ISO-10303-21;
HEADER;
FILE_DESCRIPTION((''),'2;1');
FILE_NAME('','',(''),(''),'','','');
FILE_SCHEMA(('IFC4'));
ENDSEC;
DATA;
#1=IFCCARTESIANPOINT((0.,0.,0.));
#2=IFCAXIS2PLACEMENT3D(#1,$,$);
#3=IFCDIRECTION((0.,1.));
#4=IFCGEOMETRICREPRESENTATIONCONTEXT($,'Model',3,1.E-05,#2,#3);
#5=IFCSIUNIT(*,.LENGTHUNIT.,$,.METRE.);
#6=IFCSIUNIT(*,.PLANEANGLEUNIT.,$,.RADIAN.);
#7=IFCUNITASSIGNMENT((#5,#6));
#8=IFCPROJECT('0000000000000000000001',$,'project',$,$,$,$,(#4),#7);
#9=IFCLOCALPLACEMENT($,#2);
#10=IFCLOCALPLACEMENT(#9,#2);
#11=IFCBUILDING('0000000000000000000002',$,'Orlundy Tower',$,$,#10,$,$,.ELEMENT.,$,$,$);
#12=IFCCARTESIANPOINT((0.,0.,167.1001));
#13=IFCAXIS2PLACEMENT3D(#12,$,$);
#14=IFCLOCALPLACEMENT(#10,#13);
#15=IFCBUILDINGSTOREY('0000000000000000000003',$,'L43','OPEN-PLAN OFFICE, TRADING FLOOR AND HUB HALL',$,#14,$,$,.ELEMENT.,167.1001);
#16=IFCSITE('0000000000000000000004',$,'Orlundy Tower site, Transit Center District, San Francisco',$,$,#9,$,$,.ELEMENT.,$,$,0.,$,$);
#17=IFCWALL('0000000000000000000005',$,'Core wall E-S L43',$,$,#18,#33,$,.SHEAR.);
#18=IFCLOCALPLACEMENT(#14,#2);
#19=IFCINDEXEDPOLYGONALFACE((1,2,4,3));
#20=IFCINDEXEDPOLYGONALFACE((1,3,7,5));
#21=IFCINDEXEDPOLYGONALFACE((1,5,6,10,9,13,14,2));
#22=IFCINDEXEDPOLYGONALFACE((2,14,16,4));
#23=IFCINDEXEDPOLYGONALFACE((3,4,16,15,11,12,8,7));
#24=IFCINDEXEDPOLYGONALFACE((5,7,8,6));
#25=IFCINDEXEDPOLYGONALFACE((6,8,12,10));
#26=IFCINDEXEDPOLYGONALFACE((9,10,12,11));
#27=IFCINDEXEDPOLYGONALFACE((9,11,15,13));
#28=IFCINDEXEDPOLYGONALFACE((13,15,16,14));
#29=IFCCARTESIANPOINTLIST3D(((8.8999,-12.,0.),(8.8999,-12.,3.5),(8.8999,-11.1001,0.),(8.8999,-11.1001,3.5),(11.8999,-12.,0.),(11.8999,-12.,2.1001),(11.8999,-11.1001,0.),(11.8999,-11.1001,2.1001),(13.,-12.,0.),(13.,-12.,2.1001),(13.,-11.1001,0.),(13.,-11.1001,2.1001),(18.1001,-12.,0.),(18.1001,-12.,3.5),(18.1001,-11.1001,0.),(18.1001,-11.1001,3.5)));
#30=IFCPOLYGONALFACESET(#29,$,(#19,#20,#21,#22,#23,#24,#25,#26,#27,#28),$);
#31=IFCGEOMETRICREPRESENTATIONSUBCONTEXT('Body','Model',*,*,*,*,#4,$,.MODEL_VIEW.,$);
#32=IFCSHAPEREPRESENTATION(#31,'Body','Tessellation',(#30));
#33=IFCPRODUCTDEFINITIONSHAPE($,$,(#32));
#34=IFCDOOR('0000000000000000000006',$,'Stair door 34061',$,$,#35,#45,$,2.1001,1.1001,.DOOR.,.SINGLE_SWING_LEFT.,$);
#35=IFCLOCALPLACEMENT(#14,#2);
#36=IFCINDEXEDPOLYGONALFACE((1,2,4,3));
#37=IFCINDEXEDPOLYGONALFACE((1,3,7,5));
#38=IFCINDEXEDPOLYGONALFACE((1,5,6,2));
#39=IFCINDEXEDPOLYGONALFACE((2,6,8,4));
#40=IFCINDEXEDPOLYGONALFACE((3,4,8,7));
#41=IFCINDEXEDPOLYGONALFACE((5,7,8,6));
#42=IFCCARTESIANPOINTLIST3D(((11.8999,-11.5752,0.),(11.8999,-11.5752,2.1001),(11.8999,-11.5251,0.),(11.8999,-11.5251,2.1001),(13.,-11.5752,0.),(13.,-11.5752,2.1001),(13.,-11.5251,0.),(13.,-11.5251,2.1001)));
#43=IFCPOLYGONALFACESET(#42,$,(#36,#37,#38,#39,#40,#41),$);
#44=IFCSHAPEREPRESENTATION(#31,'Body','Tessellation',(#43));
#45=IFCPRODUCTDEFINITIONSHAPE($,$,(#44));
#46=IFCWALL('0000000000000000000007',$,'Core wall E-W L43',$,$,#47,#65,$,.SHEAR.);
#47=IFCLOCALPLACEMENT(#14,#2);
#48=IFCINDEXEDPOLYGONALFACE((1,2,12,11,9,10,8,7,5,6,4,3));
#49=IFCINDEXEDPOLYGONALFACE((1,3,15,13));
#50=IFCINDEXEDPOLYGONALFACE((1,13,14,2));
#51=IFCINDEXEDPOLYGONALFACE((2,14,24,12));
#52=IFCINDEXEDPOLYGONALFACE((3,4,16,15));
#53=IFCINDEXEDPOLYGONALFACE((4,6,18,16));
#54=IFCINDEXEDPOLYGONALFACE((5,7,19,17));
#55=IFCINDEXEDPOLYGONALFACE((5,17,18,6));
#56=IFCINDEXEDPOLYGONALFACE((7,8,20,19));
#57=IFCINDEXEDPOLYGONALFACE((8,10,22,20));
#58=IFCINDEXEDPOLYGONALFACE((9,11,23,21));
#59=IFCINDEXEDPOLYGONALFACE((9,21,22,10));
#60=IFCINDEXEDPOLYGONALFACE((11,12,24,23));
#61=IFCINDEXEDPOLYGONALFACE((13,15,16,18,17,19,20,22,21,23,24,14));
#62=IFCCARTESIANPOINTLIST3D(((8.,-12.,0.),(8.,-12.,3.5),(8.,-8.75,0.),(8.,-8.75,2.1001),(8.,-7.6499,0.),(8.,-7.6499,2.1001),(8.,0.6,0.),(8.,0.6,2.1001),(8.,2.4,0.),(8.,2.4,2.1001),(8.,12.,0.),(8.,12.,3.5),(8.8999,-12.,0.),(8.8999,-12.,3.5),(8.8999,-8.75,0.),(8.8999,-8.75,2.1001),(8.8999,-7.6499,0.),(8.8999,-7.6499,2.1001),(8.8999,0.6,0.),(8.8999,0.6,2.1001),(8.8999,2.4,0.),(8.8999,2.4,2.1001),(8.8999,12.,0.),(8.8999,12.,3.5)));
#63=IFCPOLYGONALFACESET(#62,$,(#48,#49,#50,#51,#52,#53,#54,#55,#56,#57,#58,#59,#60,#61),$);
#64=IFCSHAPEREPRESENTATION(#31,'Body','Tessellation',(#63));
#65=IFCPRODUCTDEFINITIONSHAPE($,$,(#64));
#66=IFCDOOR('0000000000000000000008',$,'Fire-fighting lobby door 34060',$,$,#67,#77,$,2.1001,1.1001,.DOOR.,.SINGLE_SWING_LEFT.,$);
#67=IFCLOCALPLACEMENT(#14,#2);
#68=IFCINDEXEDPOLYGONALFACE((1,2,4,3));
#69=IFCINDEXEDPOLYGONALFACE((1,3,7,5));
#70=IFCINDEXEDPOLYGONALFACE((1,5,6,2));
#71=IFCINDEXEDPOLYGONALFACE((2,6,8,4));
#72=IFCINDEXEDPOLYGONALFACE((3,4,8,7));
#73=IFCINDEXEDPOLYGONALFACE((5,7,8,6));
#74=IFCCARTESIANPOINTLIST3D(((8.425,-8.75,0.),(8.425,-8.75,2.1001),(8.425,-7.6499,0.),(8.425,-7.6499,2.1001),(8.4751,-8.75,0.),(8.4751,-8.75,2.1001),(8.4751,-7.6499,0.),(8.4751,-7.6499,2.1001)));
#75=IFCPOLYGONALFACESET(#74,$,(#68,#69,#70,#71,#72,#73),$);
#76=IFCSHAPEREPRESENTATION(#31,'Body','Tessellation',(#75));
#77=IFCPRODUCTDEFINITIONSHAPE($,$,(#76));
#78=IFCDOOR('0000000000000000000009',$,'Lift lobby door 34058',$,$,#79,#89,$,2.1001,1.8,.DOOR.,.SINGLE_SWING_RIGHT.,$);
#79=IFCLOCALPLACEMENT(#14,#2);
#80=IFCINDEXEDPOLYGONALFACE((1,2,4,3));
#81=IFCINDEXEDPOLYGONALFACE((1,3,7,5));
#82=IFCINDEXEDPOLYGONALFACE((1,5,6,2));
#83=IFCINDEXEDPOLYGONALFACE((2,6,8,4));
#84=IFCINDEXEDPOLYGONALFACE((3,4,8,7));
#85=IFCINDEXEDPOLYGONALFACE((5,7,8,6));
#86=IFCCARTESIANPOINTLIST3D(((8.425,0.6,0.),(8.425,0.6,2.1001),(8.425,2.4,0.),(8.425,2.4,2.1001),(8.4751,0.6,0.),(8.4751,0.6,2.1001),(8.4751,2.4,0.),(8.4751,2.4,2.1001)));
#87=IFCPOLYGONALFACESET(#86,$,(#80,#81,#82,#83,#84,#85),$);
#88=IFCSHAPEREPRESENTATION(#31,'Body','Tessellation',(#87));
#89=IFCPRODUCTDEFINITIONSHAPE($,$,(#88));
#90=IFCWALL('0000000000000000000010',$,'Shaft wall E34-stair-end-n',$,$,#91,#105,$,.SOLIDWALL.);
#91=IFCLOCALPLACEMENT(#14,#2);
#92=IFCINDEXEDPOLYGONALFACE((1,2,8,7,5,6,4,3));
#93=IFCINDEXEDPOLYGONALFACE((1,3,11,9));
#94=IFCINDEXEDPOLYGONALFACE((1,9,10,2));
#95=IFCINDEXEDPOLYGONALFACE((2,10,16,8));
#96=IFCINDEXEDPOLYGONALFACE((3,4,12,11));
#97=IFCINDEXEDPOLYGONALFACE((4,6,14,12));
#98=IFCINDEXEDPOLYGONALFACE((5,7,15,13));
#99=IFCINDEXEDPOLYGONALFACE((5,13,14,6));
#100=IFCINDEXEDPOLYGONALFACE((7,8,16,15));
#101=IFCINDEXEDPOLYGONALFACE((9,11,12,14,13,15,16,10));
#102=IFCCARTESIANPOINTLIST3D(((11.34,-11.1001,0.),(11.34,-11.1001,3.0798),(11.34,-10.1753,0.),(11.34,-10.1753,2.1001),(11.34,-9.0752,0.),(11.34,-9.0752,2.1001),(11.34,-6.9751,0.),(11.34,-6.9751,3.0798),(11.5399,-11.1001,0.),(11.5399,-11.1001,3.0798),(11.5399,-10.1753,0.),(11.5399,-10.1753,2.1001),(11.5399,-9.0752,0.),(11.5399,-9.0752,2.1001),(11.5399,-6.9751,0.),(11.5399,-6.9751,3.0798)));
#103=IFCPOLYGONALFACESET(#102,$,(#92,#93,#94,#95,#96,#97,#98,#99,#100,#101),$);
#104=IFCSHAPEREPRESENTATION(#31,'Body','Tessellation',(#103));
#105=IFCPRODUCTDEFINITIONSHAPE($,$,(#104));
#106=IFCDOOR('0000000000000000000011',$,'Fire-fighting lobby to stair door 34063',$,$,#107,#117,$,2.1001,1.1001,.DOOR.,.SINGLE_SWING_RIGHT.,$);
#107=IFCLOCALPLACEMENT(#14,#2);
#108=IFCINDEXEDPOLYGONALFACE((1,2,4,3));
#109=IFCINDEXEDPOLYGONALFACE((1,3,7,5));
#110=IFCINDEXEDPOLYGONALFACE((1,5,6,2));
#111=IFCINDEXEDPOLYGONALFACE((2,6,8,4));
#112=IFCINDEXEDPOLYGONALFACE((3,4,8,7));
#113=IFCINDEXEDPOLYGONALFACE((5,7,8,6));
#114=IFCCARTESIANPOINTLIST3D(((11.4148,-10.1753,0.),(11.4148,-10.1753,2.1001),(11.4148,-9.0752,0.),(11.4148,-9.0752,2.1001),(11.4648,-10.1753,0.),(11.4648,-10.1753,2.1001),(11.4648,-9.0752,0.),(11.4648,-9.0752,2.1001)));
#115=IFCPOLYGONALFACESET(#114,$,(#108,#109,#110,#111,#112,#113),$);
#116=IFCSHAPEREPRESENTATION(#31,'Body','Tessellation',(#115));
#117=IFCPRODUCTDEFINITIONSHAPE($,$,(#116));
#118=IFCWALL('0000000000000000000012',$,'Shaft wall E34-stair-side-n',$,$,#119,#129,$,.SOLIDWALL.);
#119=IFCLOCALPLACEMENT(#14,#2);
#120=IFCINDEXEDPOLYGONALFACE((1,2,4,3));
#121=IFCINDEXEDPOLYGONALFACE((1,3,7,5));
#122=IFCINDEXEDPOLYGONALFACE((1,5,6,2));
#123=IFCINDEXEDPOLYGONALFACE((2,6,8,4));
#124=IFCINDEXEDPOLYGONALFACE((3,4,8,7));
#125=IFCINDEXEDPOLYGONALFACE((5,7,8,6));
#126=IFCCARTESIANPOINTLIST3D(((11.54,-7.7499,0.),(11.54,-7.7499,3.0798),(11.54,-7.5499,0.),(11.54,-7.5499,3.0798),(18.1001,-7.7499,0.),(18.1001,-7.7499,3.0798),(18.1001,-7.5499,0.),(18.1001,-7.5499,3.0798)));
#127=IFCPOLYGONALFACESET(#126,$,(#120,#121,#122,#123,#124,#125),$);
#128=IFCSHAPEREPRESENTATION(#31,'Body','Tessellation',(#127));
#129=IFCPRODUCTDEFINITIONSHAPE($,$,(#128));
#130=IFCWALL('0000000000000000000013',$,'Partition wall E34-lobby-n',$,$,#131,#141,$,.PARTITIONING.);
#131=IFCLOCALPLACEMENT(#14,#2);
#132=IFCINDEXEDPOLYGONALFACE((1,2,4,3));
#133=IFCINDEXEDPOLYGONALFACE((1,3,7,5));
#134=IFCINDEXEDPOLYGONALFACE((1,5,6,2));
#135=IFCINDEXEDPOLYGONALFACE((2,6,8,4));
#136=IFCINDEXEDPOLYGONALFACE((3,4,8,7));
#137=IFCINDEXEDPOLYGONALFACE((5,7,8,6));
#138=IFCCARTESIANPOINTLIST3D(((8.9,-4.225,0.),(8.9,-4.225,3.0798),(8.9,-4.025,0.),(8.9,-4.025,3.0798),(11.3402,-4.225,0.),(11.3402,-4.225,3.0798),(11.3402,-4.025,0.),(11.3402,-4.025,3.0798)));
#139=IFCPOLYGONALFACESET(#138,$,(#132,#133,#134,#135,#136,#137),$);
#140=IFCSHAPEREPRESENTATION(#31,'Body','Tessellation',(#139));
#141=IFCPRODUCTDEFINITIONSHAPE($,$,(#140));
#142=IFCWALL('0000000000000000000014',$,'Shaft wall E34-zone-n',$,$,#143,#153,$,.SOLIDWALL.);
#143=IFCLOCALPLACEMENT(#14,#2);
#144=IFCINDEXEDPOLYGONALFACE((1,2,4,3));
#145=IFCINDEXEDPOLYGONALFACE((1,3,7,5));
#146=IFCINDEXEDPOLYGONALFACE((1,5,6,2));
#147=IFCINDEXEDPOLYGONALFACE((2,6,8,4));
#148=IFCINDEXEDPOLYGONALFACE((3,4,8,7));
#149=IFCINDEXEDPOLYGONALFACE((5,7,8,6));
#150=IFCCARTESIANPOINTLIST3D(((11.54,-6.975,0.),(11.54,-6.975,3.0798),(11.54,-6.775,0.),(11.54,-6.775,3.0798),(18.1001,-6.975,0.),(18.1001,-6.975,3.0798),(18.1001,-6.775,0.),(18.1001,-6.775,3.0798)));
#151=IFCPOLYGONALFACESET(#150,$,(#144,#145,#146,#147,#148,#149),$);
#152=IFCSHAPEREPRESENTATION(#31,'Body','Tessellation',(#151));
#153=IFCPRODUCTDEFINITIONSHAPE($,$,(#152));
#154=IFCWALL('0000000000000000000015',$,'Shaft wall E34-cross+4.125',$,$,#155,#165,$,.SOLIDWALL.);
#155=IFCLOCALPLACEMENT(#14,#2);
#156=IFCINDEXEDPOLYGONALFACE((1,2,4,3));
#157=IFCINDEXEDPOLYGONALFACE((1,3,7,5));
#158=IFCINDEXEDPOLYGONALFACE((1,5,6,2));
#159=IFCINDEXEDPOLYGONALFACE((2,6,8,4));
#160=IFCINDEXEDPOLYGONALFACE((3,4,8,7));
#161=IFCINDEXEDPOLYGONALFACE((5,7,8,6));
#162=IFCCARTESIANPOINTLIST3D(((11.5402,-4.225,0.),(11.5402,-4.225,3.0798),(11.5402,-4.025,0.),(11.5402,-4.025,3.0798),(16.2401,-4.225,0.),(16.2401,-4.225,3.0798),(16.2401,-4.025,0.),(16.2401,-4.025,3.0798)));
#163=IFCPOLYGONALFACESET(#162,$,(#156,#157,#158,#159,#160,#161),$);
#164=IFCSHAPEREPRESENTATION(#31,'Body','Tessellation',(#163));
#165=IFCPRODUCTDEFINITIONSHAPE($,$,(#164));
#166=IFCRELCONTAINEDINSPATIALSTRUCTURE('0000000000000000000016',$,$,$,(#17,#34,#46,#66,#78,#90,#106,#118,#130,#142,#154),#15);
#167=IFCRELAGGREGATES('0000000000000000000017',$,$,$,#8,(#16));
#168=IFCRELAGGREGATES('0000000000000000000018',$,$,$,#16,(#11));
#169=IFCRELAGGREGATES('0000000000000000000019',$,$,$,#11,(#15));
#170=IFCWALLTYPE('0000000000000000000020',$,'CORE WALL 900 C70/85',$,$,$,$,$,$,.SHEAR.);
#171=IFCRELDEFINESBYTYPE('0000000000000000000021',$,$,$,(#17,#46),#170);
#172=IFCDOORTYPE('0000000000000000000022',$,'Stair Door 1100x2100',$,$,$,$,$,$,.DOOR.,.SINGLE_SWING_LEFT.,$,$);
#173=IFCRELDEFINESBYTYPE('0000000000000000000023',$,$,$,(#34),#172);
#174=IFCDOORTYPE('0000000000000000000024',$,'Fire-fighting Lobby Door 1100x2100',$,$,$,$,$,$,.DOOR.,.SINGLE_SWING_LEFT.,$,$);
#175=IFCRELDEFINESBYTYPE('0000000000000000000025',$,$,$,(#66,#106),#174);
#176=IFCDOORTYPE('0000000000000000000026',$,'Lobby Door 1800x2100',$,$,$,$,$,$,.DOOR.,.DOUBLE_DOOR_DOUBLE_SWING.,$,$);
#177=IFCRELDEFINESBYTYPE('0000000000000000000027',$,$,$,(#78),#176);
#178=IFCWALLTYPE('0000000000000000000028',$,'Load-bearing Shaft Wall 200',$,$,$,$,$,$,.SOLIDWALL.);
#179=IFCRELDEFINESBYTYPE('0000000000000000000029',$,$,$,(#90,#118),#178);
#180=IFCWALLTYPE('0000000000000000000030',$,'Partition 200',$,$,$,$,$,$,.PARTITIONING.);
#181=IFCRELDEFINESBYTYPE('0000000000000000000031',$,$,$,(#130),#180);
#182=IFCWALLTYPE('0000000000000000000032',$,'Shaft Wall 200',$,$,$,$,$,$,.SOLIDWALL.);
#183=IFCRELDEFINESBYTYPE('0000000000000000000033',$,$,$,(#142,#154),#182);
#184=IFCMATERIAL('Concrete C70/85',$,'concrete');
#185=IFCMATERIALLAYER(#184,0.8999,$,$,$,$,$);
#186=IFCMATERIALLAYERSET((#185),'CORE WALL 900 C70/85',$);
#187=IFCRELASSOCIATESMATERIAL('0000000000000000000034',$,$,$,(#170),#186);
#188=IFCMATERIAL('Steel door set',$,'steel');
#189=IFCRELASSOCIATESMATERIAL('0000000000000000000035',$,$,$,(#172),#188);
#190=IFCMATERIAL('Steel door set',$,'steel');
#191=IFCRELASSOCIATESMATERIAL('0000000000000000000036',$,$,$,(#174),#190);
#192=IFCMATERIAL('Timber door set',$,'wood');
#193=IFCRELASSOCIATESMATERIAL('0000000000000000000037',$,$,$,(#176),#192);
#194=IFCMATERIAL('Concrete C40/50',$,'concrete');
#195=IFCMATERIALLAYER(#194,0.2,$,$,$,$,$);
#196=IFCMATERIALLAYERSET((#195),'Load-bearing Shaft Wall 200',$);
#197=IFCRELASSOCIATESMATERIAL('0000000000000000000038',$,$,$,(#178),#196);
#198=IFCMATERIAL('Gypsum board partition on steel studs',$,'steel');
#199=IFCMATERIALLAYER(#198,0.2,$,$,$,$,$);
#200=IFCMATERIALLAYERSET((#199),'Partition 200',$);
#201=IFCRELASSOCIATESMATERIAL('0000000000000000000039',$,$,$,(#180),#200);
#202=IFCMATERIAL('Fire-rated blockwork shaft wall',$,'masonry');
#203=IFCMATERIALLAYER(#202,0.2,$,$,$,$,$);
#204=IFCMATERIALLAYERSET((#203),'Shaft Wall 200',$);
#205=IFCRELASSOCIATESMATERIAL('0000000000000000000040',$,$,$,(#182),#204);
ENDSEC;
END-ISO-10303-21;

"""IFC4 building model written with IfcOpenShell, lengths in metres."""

from ifc_helpers import new_model, si_unit, direction, frame, frame_2d, origin, place, context, subcontext, project, spatial, rectangle, extrude, material, layer, layer_set, type_object, element, fill, save


model = new_model("IFC4")

# Units and contexts
model_context = context("Model", 3, precision=1e-05, world=origin(), true_north=direction((0.0, 1.0)))
body_context = subcontext(model_context, "Body", "Model", "MODEL_VIEW")
ifc_project = project(units=[si_unit("LENGTHUNIT", "METRE"), si_unit("PLANEANGLEUNIT", "RADIAN")], contexts=[model_context])

# Site, building, storey
site_placement = place(None, origin())
site = spatial("IfcSite", under=ifc_project, at=site_placement, Name="Orlundy Tower site, Transit Center District, San Francisco", CompositionType="ELEMENT", RefElevation=0.0)
building_placement = place(site_placement, origin())
building = spatial("IfcBuilding", under=site, at=building_placement, Name="Orlundy Tower", CompositionType="ELEMENT")
storey_placement = place(building_placement, frame((0.0, 0.0, 167.1001)))
storey = spatial("IfcBuildingStorey", under=building, at=storey_placement, Name="L43", Description="OPEN-PLAN OFFICE, TRADING FLOOR AND HUB HALL", CompositionType="ELEMENT", Elevation=167.1001)

# Wall, opening, door
ifc_material_1 = material(Name="Concrete C70/85", Category="concrete")
ifc_layer_1 = layer(ifc_material_1, 0.8999)
ifc_layer_set_1 = layer_set([ifc_layer_1], Name="CORE WALL 900 C70/85")
wall_type_1 = type_object("IfcWallType", Name="CORE WALL 900 C70/85", PredefinedType="SHEAR", material=ifc_layer_set_1)
wall_1_placement = place(storey_placement, frame((8.8999, -11.55, 0.0), z_axis=(0.0, 0.0, 1.0), x_axis=(1.0, 0.0, 0.0)))
wall_1 = element("IfcWall", 1, at=wall_1_placement, inside=storey, type_object=wall_type_1, Name="Core wall E-S L43", PredefinedType="SHEAR", context=body_context, shape_type="SweptSolid", body=[
    extrude(rectangle(XDim=9.2002, YDim=0.8999, at=frame_2d((4.6001, 0.0))), origin(), (0.0, 0.0, 1.0), 3.5),
])
opening_1_placement = place(wall_1_placement, frame((3.0, 0.0, 0.0)))
opening_1 = element("IfcOpeningElement", 2, at=opening_1_placement, cuts=wall_1, PredefinedType="OPENING", context=body_context, shape_type="SweptSolid", body=[
    extrude(rectangle(XDim=1.1001, YDim=2.1001, at=frame_2d((0.55, 1.05))), frame((0.0, 0.46, 0.0), z_axis=(0.0, -1.0, 0.0), x_axis=(1.0, 0.0, 0.0)), (0.0, 0.0, 1.0), 0.9199),
])
ifc_material_2 = material(Name="Steel door set", Category="steel")
door_type_1 = type_object("IfcDoorType", Name="Stair Door 1100x2100", OperationType="SINGLE_SWING_LEFT", PredefinedType="DOOR", material=ifc_material_2)
door_1_placement = place(opening_1_placement, origin())
door_1 = element("IfcDoor", 3, at=door_1_placement, inside=storey, type_object=door_type_1, Name="Stair door 34061", OperationType="SINGLE_SWING_LEFT", OverallHeight=2.1001, OverallWidth=1.1001, PredefinedType="DOOR", context=body_context, shape_type="SweptSolid", body=[
    extrude(rectangle(XDim=1.1001, YDim=2.1001, at=frame_2d((0.55, 1.05))), frame((0.0, 0.0249, 0.0), z_axis=(0.0, -1.0, 0.0), x_axis=(1.0, 0.0, 0.0)), (0.0, 0.0, 1.0), 0.05),
])
fill(opening_1, door_1)

# Wall, openings, doors
wall_2_placement = place(storey_placement, frame((8.45, -12.0, 0.0), z_axis=(0.0, 0.0, 1.0), x_axis=(0.0, 1.0, 0.0)))
wall_2 = element("IfcWall", 4, at=wall_2_placement, inside=storey, type_object=wall_type_1, Name="Core wall E-W L43", PredefinedType="SHEAR", context=body_context, shape_type="SweptSolid", body=[
    extrude(rectangle(XDim=24.0, YDim=0.8999, at=frame_2d((12.0, 0.0))), origin(), (0.0, 0.0, 1.0), 3.5),
])
opening_2_placement = place(wall_2_placement, frame((12.6001, 0.0, 0.0)))
opening_2 = element("IfcOpeningElement", 5, at=opening_2_placement, cuts=wall_2, PredefinedType="OPENING", context=body_context, shape_type="SweptSolid", body=[
    extrude(rectangle(XDim=1.8, YDim=2.1001, at=frame_2d((0.8999, 1.05))), frame((0.0, 0.46, 0.0), z_axis=(0.0, -1.0, 0.0), x_axis=(1.0, 0.0, 0.0)), (0.0, 0.0, 1.0), 0.9199),
])
opening_3_placement = place(wall_2_placement, frame((3.25, 0.0, 0.0)))
opening_3 = element("IfcOpeningElement", 6, at=opening_3_placement, cuts=wall_2, PredefinedType="OPENING", context=body_context, shape_type="SweptSolid", body=[
    extrude(rectangle(XDim=1.1001, YDim=2.1001, at=frame_2d((0.55, 1.05))), frame((0.0, 0.46, 0.0), z_axis=(0.0, -1.0, 0.0), x_axis=(1.0, 0.0, 0.0)), (0.0, 0.0, 1.0), 0.9199),
])
ifc_material_3 = material(Name="Steel door set", Category="steel")
door_type_2 = type_object("IfcDoorType", Name="Fire-fighting Lobby Door 1100x2100", OperationType="SINGLE_SWING_LEFT", PredefinedType="DOOR", material=ifc_material_3)
door_2_placement = place(opening_3_placement, origin())
door_2 = element("IfcDoor", 7, at=door_2_placement, inside=storey, type_object=door_type_2, Name="Fire-fighting lobby door 34060", OperationType="SINGLE_SWING_LEFT", OverallHeight=2.1001, OverallWidth=1.1001, PredefinedType="DOOR", context=body_context, shape_type="SweptSolid", body=[
    extrude(rectangle(XDim=1.1001, YDim=2.1001, at=frame_2d((0.55, 1.05))), frame((0.0, 0.0249, 0.0), z_axis=(0.0, -1.0, 0.0), x_axis=(1.0, 0.0, 0.0)), (0.0, 0.0, 1.0), 0.05),
])
fill(opening_3, door_2)
ifc_material_4 = material(Name="Timber door set", Category="wood")
door_type_3 = type_object("IfcDoorType", Name="Lobby Door 1800x2100", OperationType="DOUBLE_DOOR_DOUBLE_SWING", PredefinedType="DOOR", material=ifc_material_4)
door_3_placement = place(opening_2_placement, origin())
door_3 = element("IfcDoor", 8, at=door_3_placement, inside=storey, type_object=door_type_3, Name="Lift lobby door 34058", OperationType="SINGLE_SWING_RIGHT", OverallHeight=2.1001, OverallWidth=1.8, PredefinedType="DOOR", context=body_context, shape_type="SweptSolid", body=[
    extrude(rectangle(XDim=1.8, YDim=2.1001, at=frame_2d((0.8999, 1.05))), frame((0.0, 0.0249, 0.0), z_axis=(0.0, -1.0, 0.0), x_axis=(1.0, 0.0, 0.0)), (0.0, 0.0, 1.0), 0.05),
])
fill(opening_2, door_3)

# Wall, opening, door
ifc_material_5 = material(Name="Concrete C40/50", Category="concrete")
ifc_layer_2 = layer(ifc_material_5, 0.2)
ifc_layer_set_2 = layer_set([ifc_layer_2], Name="Load-bearing Shaft Wall 200")
wall_type_2 = type_object("IfcWallType", Name="Load-bearing Shaft Wall 200", PredefinedType="SOLIDWALL", material=ifc_layer_set_2)
wall_3_placement = place(storey_placement, frame((11.4399, -6.9751, 0.0), z_axis=(0.0, 0.0, 1.0), x_axis=(0.0, -1.0, 0.0)))
wall_3 = element("IfcWall", 9, at=wall_3_placement, inside=storey, type_object=wall_type_2, Name="Shaft wall E34-stair-end-n", PredefinedType="SOLIDWALL", context=body_context, shape_type="SweptSolid", body=[
    extrude(rectangle(XDim=4.125, YDim=0.2, at=frame_2d((2.0625, 0.0))), origin(), (0.0, 0.0, 1.0), 3.0798),
])
opening_4_placement = place(wall_3_placement, frame((2.1001, 0.0, 0.0)))
opening_4 = element("IfcOpeningElement", 10, at=opening_4_placement, cuts=wall_3, PredefinedType="OPENING", context=body_context, shape_type="SweptSolid", body=[
    extrude(rectangle(XDim=1.1001, YDim=2.1001, at=frame_2d((0.55, 1.05))), frame((0.0, 0.1101, 0.0), z_axis=(0.0, -1.0, 0.0), x_axis=(1.0, 0.0, 0.0)), (0.0, 0.0, 1.0), 0.2202),
])
door_4_placement = place(opening_4_placement, origin())
door_4 = element("IfcDoor", 11, at=door_4_placement, inside=storey, type_object=door_type_2, Name="Fire-fighting lobby to stair door 34063", OperationType="SINGLE_SWING_RIGHT", OverallHeight=2.1001, OverallWidth=1.1001, PredefinedType="DOOR", context=body_context, shape_type="SweptSolid", body=[
    extrude(rectangle(XDim=1.1001, YDim=2.1001, at=frame_2d((0.55, 1.05))), frame((0.0, 0.0249, 0.0), z_axis=(0.0, -1.0, 0.0), x_axis=(1.0, 0.0, 0.0)), (0.0, 0.0, 1.0), 0.05),
])
fill(opening_4, door_4)

# Walls
wall_4_placement = place(storey_placement, frame((11.54, -7.6499, 0.0), z_axis=(0.0, 0.0, 1.0), x_axis=(1.0, 0.0, 0.0)))
element("IfcWall", 12, at=wall_4_placement, inside=storey, type_object=wall_type_2, Name="Shaft wall E34-stair-side-n", PredefinedType="SOLIDWALL", context=body_context, shape_type="SweptSolid", body=[
    extrude(rectangle(XDim=6.5601, YDim=0.2, at=frame_2d((3.28, 0.0))), origin(), (0.0, 0.0, 1.0), 3.0798),
])
ifc_material_6 = material(Name="Gypsum board partition on steel studs", Category="steel")
ifc_layer_3 = layer(ifc_material_6, 0.2)
ifc_layer_set_3 = layer_set([ifc_layer_3], Name="Partition 200")
wall_type_3 = type_object("IfcWallType", Name="Partition 200", PredefinedType="PARTITIONING", material=ifc_layer_set_3)
wall_5_placement = place(storey_placement, frame((8.8999, -4.125, 0.0), z_axis=(0.0, 0.0, 1.0), x_axis=(1.0, 0.0, 0.0)))
element("IfcWall", 13, at=wall_5_placement, inside=storey, type_object=wall_type_3, Name="Partition wall E34-lobby-n", PredefinedType="PARTITIONING", context=body_context, shape_type="SweptSolid", body=[
    extrude(rectangle(XDim=2.4402, YDim=0.2, at=frame_2d((1.2202, 0.0))), origin(), (0.0, 0.0, 1.0), 3.0798),
])
ifc_material_7 = material(Name="Fire-rated blockwork shaft wall", Category="masonry")
ifc_layer_4 = layer(ifc_material_7, 0.2)
ifc_layer_set_4 = layer_set([ifc_layer_4], Name="Shaft Wall 200")
wall_type_4 = type_object("IfcWallType", Name="Shaft Wall 200", PredefinedType="SOLIDWALL", material=ifc_layer_set_4)
wall_6_placement = place(storey_placement, frame((11.54, -6.875, 0.0), z_axis=(0.0, 0.0, 1.0), x_axis=(1.0, 0.0, 0.0)))
element("IfcWall", 14, at=wall_6_placement, inside=storey, type_object=wall_type_4, Name="Shaft wall E34-zone-n", PredefinedType="SOLIDWALL", context=body_context, shape_type="SweptSolid", body=[
    extrude(rectangle(XDim=6.5601, YDim=0.2, at=frame_2d((3.28, 0.0))), origin(), (0.0, 0.0, 1.0), 3.0798),
])
wall_7_placement = place(storey_placement, frame((11.54, -4.125, 0.0), z_axis=(0.0, 0.0, 1.0), x_axis=(1.0, 0.0, 0.0)))
element("IfcWall", 15, at=wall_7_placement, inside=storey, type_object=wall_type_4, Name="Shaft wall E34-cross+4.125", PredefinedType="SOLIDWALL", context=body_context, shape_type="SweptSolid", body=[
    extrude(rectangle(XDim=4.7, YDim=0.2, at=frame_2d((2.3501, 0.0))), origin(), (0.0, 0.0, 1.0), 3.0798),
])

save(model, "model.ifc")
